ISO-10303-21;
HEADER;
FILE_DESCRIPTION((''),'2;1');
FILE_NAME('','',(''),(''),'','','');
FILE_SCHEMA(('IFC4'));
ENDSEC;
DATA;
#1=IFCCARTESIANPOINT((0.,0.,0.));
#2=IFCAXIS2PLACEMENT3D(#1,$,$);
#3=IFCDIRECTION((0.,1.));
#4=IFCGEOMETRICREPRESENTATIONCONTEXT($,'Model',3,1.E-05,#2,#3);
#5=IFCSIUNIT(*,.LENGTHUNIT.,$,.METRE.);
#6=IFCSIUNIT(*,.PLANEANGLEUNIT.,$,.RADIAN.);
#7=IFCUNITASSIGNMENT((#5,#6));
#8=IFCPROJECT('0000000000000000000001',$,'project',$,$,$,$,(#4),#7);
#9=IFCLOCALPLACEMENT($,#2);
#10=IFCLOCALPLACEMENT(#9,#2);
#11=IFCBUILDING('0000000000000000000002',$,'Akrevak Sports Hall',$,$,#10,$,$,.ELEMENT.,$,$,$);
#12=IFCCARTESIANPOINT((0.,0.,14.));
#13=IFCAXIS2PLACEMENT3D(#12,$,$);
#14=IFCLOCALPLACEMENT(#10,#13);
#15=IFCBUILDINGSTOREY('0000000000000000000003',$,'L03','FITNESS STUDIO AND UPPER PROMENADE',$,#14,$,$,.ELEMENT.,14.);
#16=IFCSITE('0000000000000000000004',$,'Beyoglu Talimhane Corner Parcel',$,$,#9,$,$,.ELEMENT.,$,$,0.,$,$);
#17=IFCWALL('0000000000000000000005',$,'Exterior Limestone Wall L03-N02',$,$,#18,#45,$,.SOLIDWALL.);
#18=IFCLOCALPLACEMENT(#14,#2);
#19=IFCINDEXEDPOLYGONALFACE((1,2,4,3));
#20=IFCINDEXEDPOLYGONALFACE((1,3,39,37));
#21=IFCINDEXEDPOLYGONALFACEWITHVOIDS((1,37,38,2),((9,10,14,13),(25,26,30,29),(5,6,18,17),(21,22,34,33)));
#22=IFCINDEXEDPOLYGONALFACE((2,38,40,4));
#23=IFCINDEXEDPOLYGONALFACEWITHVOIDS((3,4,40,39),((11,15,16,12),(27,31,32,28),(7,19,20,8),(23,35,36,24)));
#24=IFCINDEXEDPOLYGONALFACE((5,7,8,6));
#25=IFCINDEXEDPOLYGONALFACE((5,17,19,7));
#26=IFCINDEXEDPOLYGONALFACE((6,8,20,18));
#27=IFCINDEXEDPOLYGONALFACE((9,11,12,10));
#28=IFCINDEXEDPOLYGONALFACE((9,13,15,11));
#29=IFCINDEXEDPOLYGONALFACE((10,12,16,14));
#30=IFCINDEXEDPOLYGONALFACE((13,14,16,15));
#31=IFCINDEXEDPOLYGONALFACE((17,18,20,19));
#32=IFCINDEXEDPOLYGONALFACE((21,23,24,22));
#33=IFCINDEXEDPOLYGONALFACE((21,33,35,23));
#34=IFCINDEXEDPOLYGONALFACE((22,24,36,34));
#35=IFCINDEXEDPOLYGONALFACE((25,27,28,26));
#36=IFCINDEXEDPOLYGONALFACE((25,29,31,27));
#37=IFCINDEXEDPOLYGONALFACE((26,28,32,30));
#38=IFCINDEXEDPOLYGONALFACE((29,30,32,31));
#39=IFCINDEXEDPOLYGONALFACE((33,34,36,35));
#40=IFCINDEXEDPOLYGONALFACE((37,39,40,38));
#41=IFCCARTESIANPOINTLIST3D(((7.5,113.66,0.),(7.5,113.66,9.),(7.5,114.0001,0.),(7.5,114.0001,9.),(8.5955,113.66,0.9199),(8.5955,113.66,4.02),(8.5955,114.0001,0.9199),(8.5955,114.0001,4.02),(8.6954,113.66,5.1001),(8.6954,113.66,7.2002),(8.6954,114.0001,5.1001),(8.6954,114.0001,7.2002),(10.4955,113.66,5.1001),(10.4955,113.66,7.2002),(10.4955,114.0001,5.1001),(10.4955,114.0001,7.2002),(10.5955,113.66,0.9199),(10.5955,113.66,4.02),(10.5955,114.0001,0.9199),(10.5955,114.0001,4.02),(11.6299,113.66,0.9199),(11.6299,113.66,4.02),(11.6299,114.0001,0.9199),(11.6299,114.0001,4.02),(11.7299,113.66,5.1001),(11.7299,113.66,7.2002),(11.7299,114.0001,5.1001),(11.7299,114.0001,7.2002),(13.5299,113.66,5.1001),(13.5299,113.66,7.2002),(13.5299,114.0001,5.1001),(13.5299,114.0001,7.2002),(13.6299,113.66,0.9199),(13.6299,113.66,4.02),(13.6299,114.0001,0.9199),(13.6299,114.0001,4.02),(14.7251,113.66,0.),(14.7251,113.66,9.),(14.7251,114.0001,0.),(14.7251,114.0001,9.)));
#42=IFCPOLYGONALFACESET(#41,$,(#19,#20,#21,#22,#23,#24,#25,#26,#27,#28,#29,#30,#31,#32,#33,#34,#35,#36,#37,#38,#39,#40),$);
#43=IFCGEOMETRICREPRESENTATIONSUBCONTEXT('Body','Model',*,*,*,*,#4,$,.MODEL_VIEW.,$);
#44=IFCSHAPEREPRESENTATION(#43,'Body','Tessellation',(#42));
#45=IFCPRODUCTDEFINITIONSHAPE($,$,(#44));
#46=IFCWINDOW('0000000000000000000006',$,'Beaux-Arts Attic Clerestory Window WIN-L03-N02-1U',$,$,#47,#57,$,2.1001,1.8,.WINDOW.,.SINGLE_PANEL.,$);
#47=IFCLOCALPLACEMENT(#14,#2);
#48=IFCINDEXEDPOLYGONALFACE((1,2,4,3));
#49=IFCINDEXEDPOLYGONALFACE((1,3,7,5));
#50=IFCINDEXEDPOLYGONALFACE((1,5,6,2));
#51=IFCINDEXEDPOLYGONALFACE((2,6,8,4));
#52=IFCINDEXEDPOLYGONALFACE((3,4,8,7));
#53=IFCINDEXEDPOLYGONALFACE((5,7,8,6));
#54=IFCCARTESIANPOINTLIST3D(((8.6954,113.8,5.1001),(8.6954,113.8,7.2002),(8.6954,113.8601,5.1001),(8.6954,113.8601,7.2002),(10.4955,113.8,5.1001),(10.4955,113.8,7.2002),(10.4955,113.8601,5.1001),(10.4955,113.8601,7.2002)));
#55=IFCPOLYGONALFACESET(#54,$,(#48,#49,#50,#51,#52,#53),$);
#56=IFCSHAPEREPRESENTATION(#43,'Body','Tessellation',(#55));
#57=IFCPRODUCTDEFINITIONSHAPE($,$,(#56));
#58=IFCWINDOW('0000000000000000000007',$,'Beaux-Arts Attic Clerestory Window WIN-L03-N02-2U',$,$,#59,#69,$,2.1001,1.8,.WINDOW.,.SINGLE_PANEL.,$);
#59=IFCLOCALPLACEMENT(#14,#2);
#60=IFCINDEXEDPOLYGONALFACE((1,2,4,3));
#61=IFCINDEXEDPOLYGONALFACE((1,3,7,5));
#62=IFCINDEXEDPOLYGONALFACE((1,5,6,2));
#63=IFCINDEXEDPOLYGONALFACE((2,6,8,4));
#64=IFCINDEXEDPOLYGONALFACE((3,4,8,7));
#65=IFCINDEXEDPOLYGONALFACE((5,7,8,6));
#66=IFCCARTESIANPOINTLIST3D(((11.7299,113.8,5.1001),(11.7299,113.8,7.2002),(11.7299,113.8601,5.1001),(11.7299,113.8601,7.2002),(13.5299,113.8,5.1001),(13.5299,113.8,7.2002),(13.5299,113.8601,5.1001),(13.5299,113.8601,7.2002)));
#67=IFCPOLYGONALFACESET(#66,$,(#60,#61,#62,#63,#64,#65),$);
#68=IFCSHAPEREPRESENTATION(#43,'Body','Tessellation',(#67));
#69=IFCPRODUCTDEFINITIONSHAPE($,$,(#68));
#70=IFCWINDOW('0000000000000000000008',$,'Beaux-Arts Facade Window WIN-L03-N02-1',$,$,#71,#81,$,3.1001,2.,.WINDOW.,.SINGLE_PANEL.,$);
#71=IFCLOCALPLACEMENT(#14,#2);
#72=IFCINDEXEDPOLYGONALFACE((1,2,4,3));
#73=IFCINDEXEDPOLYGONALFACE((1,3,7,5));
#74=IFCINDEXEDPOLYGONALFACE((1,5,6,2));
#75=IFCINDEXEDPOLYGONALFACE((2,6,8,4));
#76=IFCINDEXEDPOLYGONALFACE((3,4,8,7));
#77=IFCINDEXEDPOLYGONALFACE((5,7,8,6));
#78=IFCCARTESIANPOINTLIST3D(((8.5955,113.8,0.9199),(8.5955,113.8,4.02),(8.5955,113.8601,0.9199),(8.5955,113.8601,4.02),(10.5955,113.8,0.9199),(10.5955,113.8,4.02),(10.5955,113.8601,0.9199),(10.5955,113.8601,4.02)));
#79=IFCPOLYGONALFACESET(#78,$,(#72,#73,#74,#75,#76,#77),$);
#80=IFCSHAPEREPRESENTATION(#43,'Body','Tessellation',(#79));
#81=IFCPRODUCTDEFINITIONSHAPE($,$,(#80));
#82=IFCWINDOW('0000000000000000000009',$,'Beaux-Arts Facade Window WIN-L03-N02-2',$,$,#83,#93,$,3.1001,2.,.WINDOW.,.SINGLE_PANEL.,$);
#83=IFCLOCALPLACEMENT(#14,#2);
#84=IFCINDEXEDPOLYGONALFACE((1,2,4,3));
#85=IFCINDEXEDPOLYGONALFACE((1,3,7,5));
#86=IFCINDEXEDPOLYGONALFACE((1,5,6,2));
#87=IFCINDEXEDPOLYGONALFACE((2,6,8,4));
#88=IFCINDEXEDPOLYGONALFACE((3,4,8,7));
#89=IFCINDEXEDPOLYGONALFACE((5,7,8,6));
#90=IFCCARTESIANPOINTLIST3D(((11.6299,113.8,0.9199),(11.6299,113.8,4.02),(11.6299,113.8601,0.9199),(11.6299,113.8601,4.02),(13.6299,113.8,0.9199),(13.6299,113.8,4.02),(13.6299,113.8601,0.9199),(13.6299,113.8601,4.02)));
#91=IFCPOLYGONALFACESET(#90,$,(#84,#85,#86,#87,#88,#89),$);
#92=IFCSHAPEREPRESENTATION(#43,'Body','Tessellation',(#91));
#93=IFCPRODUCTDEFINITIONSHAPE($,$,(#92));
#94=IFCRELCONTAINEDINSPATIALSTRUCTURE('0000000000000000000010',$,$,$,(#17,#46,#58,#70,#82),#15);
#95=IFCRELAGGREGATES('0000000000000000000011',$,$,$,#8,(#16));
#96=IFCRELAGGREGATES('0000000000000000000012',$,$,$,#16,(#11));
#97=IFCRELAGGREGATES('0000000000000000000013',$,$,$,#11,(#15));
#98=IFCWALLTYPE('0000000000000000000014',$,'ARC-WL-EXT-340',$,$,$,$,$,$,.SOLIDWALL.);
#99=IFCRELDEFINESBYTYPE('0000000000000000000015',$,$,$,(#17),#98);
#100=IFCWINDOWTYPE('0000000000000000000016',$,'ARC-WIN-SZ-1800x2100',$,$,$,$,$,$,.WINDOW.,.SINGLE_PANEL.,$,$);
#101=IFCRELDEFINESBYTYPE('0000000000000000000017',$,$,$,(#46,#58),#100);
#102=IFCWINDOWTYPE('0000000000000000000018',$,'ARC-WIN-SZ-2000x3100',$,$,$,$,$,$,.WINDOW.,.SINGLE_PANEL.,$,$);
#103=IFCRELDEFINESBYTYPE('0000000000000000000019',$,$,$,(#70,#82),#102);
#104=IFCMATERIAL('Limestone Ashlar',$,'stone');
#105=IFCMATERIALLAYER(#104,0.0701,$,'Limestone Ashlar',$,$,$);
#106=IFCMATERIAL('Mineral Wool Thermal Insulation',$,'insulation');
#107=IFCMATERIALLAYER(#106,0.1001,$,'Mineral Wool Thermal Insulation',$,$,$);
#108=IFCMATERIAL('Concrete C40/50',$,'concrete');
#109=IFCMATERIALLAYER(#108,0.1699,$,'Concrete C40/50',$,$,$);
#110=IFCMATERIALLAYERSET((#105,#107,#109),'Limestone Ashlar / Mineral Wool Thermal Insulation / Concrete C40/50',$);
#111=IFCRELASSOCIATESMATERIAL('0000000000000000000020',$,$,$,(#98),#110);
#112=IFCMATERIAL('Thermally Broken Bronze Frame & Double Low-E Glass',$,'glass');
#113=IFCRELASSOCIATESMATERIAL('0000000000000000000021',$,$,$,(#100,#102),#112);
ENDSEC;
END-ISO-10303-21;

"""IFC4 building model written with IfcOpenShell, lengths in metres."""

from ifc_helpers import new_model, si_unit, direction, frame, frame_2d, origin, place, context, subcontext, project, spatial, rectangle, extrude, material, layer, layer_set, type_object, element, fill, save


model = new_model("IFC4")

# Units and contexts
model_context = context("Model", 3, precision=1e-05, world=origin(), true_north=direction((0.0, 1.0)))
body_context = subcontext(model_context, "Body", "Model", "MODEL_VIEW")
ifc_project = project(units=[si_unit("LENGTHUNIT", "METRE"), si_unit("PLANEANGLEUNIT", "RADIAN")], contexts=[model_context])

# Site, building, storey
site_placement = place(None, origin())
site = spatial("IfcSite", under=ifc_project, at=site_placement, Name="Beyoglu Talimhane Corner Parcel", CompositionType="ELEMENT", RefElevation=0.0)
building_placement = place(site_placement, origin())
building = spatial("IfcBuilding", under=site, at=building_placement, Name="Akrevak Sports Hall", CompositionType="ELEMENT")
storey_placement = place(building_placement, frame((0.0, 0.0, 14.0)))
storey = spatial("IfcBuildingStorey", under=building, at=storey_placement, Name="L03", Description="FITNESS STUDIO AND UPPER PROMENADE", CompositionType="ELEMENT", Elevation=14.0)

# Shared definitions
ifc_material_1 = material(Name="Concrete C40/50", Category="concrete")

# Wall, openings, windows
ifc_material_2 = material(Name="Limestone Ashlar", Category="stone")
ifc_layer_1 = layer(ifc_material_2, 0.0701, Name="Limestone Ashlar")
ifc_material_3 = material(Name="Mineral Wool Thermal Insulation", Category="insulation")
ifc_layer_2 = layer(ifc_material_3, 0.1001, Name="Mineral Wool Thermal Insulation")
ifc_layer_3 = layer(ifc_material_1, 0.1699, Name="Concrete C40/50")
ifc_layer_set = layer_set([ifc_layer_1, ifc_layer_2, ifc_layer_3], Name="Limestone Ashlar / Mineral Wool Thermal Insulation / Concrete C40/50")
wall_type = type_object("IfcWallType", Name="ARC-WL-EXT-340", PredefinedType="SOLIDWALL", material=ifc_layer_set)
ifc_material_4 = material(Name="Thermally Broken Bronze Frame & Double Low-E Glass", Category="glass")
window_type_1 = type_object("IfcWindowType", Name="ARC-WIN-SZ-1800x2100", PartitioningType="SINGLE_PANEL", PredefinedType="WINDOW", material=ifc_material_4)
window_type_2 = type_object("IfcWindowType", Name="ARC-WIN-SZ-2000x3100", PartitioningType="SINGLE_PANEL", PredefinedType="WINDOW", material=ifc_material_4)
wall_1_placement = place(storey_placement, frame((14.7251, 113.8301, 0.0), z_axis=(0.0, 0.0, 1.0), x_axis=(-1.0, 0.0, 0.0)))
wall_1 = element("IfcWall", 1, at=wall_1_placement, inside=storey, type_object=wall_type, Name="Exterior Limestone Wall L03-N02", PredefinedType="SOLIDWALL", context=body_context, shape_type="SweptSolid", body=[
    extrude(rectangle(XDim=7.2251, YDim=0.3401, at=frame_2d((3.6125, 0.0))), origin(), (0.0, 0.0, 1.0), 9.0),
])
opening_1_placement = place(wall_1_placement, frame((4.1296, 0.0, 0.9199)))
opening_1 = element("IfcOpeningElement", 2, at=opening_1_placement, cuts=wall_1, PredefinedType="OPENING", context=body_context, shape_type="SweptSolid", body=[
    extrude(rectangle(XDim=2.0, YDim=3.1001, at=frame_2d((1.0, 1.55))), frame((0.0, 0.1821, 0.0), z_axis=(0.0, -1.0, 0.0), x_axis=(1.0, 0.0, 0.0)), (0.0, 0.0, 1.0), 0.364),
])
opening_2_placement = place(wall_1_placement, frame((4.2297, 0.0, 5.1001)))
opening_2 = element("IfcOpeningElement", 3, at=opening_2_placement, cuts=wall_1, PredefinedType="OPENING", context=body_context, shape_type="SweptSolid", body=[
    extrude(rectangle(XDim=1.8, YDim=2.1001, at=frame_2d((0.8999, 1.05))), frame((0.0, 0.1821, 0.0), z_axis=(0.0, -1.0, 0.0), x_axis=(1.0, 0.0, 0.0)), (0.0, 0.0, 1.0), 0.364),
])
opening_3_placement = place(wall_1_placement, frame((1.0952, 0.0, 0.9199)))
opening_3 = element("IfcOpeningElement", 4, at=opening_3_placement, cuts=wall_1, PredefinedType="OPENING", context=body_context, shape_type="SweptSolid", body=[
    extrude(rectangle(XDim=2.0, YDim=3.1001, at=frame_2d((1.0, 1.55))), frame((0.0, 0.1821, 0.0), z_axis=(0.0, -1.0, 0.0), x_axis=(1.0, 0.0, 0.0)), (0.0, 0.0, 1.0), 0.364),
])
opening_4_placement = place(wall_1_placement, frame((1.1953, 0.0, 5.1001)))
opening_4 = element("IfcOpeningElement", 5, at=opening_4_placement, cuts=wall_1, PredefinedType="OPENING", context=body_context, shape_type="SweptSolid", body=[
    extrude(rectangle(XDim=1.8, YDim=2.1001, at=frame_2d((0.8999, 1.05))), frame((0.0, 0.1821, 0.0), z_axis=(0.0, -1.0, 0.0), x_axis=(1.0, 0.0, 0.0)), (0.0, 0.0, 1.0), 0.364),
])
window_1_placement = place(opening_2_placement, origin())
window_1 = element("IfcWindow", 6, at=window_1_placement, inside=storey, type_object=window_type_1, Name="Beaux-Arts Attic Clerestory Window WIN-L03-N02-1U", OverallHeight=2.1001, OverallWidth=1.8, PartitioningType="SINGLE_PANEL", PredefinedType="WINDOW", context=body_context, shape_type="SweptSolid", body=[
    extrude(rectangle(XDim=1.8, YDim=2.1001, at=frame_2d((0.8999, 1.05))), frame((0.0, 0.03, 0.0), z_axis=(0.0, -1.0, 0.0), x_axis=(1.0, 0.0, 0.0)), (0.0, 0.0, 1.0), 0.0601),
])
fill(opening_2, window_1)
window_2_placement = place(opening_4_placement, origin())
window_2 = element("IfcWindow", 7, at=window_2_placement, inside=storey, type_object=window_type_1, Name="Beaux-Arts Attic Clerestory Window WIN-L03-N02-2U", OverallHeight=2.1001, OverallWidth=1.8, PartitioningType="SINGLE_PANEL", PredefinedType="WINDOW", context=body_context, shape_type="SweptSolid", body=[
    extrude(rectangle(XDim=1.8, YDim=2.1001, at=frame_2d((0.8999, 1.05))), frame((0.0, 0.03, 0.0), z_axis=(0.0, -1.0, 0.0), x_axis=(1.0, 0.0, 0.0)), (0.0, 0.0, 1.0), 0.0601),
])
fill(opening_4, window_2)
window_3_placement = place(opening_1_placement, origin())
window_3 = element("IfcWindow", 8, at=window_3_placement, inside=storey, type_object=window_type_2, Name="Beaux-Arts Facade Window WIN-L03-N02-1", OverallHeight=3.1001, OverallWidth=2.0, PartitioningType="SINGLE_PANEL", PredefinedType="WINDOW", context=body_context, shape_type="SweptSolid", body=[
    extrude(rectangle(XDim=2.0, YDim=3.1001, at=frame_2d((1.0, 1.55))), frame((0.0, 0.03, 0.0), z_axis=(0.0, -1.0, 0.0), x_axis=(1.0, 0.0, 0.0)), (0.0, 0.0, 1.0), 0.0601),
])
fill(opening_1, window_3)
window_4_placement = place(opening_3_placement, origin())
window_4 = element("IfcWindow", 9, at=window_4_placement, inside=storey, type_object=window_type_2, Name="Beaux-Arts Facade Window WIN-L03-N02-2", OverallHeight=3.1001, OverallWidth=2.0, PartitioningType="SINGLE_PANEL", PredefinedType="WINDOW", context=body_context, shape_type="SweptSolid", body=[
    extrude(rectangle(XDim=2.0, YDim=3.1001, at=frame_2d((1.0, 1.55))), frame((0.0, 0.03, 0.0), z_axis=(0.0, -1.0, 0.0), x_axis=(1.0, 0.0, 0.0)), (0.0, 0.0, 1.0), 0.0601),
])
fill(opening_3, window_4)

save(model, "model.ifc")
